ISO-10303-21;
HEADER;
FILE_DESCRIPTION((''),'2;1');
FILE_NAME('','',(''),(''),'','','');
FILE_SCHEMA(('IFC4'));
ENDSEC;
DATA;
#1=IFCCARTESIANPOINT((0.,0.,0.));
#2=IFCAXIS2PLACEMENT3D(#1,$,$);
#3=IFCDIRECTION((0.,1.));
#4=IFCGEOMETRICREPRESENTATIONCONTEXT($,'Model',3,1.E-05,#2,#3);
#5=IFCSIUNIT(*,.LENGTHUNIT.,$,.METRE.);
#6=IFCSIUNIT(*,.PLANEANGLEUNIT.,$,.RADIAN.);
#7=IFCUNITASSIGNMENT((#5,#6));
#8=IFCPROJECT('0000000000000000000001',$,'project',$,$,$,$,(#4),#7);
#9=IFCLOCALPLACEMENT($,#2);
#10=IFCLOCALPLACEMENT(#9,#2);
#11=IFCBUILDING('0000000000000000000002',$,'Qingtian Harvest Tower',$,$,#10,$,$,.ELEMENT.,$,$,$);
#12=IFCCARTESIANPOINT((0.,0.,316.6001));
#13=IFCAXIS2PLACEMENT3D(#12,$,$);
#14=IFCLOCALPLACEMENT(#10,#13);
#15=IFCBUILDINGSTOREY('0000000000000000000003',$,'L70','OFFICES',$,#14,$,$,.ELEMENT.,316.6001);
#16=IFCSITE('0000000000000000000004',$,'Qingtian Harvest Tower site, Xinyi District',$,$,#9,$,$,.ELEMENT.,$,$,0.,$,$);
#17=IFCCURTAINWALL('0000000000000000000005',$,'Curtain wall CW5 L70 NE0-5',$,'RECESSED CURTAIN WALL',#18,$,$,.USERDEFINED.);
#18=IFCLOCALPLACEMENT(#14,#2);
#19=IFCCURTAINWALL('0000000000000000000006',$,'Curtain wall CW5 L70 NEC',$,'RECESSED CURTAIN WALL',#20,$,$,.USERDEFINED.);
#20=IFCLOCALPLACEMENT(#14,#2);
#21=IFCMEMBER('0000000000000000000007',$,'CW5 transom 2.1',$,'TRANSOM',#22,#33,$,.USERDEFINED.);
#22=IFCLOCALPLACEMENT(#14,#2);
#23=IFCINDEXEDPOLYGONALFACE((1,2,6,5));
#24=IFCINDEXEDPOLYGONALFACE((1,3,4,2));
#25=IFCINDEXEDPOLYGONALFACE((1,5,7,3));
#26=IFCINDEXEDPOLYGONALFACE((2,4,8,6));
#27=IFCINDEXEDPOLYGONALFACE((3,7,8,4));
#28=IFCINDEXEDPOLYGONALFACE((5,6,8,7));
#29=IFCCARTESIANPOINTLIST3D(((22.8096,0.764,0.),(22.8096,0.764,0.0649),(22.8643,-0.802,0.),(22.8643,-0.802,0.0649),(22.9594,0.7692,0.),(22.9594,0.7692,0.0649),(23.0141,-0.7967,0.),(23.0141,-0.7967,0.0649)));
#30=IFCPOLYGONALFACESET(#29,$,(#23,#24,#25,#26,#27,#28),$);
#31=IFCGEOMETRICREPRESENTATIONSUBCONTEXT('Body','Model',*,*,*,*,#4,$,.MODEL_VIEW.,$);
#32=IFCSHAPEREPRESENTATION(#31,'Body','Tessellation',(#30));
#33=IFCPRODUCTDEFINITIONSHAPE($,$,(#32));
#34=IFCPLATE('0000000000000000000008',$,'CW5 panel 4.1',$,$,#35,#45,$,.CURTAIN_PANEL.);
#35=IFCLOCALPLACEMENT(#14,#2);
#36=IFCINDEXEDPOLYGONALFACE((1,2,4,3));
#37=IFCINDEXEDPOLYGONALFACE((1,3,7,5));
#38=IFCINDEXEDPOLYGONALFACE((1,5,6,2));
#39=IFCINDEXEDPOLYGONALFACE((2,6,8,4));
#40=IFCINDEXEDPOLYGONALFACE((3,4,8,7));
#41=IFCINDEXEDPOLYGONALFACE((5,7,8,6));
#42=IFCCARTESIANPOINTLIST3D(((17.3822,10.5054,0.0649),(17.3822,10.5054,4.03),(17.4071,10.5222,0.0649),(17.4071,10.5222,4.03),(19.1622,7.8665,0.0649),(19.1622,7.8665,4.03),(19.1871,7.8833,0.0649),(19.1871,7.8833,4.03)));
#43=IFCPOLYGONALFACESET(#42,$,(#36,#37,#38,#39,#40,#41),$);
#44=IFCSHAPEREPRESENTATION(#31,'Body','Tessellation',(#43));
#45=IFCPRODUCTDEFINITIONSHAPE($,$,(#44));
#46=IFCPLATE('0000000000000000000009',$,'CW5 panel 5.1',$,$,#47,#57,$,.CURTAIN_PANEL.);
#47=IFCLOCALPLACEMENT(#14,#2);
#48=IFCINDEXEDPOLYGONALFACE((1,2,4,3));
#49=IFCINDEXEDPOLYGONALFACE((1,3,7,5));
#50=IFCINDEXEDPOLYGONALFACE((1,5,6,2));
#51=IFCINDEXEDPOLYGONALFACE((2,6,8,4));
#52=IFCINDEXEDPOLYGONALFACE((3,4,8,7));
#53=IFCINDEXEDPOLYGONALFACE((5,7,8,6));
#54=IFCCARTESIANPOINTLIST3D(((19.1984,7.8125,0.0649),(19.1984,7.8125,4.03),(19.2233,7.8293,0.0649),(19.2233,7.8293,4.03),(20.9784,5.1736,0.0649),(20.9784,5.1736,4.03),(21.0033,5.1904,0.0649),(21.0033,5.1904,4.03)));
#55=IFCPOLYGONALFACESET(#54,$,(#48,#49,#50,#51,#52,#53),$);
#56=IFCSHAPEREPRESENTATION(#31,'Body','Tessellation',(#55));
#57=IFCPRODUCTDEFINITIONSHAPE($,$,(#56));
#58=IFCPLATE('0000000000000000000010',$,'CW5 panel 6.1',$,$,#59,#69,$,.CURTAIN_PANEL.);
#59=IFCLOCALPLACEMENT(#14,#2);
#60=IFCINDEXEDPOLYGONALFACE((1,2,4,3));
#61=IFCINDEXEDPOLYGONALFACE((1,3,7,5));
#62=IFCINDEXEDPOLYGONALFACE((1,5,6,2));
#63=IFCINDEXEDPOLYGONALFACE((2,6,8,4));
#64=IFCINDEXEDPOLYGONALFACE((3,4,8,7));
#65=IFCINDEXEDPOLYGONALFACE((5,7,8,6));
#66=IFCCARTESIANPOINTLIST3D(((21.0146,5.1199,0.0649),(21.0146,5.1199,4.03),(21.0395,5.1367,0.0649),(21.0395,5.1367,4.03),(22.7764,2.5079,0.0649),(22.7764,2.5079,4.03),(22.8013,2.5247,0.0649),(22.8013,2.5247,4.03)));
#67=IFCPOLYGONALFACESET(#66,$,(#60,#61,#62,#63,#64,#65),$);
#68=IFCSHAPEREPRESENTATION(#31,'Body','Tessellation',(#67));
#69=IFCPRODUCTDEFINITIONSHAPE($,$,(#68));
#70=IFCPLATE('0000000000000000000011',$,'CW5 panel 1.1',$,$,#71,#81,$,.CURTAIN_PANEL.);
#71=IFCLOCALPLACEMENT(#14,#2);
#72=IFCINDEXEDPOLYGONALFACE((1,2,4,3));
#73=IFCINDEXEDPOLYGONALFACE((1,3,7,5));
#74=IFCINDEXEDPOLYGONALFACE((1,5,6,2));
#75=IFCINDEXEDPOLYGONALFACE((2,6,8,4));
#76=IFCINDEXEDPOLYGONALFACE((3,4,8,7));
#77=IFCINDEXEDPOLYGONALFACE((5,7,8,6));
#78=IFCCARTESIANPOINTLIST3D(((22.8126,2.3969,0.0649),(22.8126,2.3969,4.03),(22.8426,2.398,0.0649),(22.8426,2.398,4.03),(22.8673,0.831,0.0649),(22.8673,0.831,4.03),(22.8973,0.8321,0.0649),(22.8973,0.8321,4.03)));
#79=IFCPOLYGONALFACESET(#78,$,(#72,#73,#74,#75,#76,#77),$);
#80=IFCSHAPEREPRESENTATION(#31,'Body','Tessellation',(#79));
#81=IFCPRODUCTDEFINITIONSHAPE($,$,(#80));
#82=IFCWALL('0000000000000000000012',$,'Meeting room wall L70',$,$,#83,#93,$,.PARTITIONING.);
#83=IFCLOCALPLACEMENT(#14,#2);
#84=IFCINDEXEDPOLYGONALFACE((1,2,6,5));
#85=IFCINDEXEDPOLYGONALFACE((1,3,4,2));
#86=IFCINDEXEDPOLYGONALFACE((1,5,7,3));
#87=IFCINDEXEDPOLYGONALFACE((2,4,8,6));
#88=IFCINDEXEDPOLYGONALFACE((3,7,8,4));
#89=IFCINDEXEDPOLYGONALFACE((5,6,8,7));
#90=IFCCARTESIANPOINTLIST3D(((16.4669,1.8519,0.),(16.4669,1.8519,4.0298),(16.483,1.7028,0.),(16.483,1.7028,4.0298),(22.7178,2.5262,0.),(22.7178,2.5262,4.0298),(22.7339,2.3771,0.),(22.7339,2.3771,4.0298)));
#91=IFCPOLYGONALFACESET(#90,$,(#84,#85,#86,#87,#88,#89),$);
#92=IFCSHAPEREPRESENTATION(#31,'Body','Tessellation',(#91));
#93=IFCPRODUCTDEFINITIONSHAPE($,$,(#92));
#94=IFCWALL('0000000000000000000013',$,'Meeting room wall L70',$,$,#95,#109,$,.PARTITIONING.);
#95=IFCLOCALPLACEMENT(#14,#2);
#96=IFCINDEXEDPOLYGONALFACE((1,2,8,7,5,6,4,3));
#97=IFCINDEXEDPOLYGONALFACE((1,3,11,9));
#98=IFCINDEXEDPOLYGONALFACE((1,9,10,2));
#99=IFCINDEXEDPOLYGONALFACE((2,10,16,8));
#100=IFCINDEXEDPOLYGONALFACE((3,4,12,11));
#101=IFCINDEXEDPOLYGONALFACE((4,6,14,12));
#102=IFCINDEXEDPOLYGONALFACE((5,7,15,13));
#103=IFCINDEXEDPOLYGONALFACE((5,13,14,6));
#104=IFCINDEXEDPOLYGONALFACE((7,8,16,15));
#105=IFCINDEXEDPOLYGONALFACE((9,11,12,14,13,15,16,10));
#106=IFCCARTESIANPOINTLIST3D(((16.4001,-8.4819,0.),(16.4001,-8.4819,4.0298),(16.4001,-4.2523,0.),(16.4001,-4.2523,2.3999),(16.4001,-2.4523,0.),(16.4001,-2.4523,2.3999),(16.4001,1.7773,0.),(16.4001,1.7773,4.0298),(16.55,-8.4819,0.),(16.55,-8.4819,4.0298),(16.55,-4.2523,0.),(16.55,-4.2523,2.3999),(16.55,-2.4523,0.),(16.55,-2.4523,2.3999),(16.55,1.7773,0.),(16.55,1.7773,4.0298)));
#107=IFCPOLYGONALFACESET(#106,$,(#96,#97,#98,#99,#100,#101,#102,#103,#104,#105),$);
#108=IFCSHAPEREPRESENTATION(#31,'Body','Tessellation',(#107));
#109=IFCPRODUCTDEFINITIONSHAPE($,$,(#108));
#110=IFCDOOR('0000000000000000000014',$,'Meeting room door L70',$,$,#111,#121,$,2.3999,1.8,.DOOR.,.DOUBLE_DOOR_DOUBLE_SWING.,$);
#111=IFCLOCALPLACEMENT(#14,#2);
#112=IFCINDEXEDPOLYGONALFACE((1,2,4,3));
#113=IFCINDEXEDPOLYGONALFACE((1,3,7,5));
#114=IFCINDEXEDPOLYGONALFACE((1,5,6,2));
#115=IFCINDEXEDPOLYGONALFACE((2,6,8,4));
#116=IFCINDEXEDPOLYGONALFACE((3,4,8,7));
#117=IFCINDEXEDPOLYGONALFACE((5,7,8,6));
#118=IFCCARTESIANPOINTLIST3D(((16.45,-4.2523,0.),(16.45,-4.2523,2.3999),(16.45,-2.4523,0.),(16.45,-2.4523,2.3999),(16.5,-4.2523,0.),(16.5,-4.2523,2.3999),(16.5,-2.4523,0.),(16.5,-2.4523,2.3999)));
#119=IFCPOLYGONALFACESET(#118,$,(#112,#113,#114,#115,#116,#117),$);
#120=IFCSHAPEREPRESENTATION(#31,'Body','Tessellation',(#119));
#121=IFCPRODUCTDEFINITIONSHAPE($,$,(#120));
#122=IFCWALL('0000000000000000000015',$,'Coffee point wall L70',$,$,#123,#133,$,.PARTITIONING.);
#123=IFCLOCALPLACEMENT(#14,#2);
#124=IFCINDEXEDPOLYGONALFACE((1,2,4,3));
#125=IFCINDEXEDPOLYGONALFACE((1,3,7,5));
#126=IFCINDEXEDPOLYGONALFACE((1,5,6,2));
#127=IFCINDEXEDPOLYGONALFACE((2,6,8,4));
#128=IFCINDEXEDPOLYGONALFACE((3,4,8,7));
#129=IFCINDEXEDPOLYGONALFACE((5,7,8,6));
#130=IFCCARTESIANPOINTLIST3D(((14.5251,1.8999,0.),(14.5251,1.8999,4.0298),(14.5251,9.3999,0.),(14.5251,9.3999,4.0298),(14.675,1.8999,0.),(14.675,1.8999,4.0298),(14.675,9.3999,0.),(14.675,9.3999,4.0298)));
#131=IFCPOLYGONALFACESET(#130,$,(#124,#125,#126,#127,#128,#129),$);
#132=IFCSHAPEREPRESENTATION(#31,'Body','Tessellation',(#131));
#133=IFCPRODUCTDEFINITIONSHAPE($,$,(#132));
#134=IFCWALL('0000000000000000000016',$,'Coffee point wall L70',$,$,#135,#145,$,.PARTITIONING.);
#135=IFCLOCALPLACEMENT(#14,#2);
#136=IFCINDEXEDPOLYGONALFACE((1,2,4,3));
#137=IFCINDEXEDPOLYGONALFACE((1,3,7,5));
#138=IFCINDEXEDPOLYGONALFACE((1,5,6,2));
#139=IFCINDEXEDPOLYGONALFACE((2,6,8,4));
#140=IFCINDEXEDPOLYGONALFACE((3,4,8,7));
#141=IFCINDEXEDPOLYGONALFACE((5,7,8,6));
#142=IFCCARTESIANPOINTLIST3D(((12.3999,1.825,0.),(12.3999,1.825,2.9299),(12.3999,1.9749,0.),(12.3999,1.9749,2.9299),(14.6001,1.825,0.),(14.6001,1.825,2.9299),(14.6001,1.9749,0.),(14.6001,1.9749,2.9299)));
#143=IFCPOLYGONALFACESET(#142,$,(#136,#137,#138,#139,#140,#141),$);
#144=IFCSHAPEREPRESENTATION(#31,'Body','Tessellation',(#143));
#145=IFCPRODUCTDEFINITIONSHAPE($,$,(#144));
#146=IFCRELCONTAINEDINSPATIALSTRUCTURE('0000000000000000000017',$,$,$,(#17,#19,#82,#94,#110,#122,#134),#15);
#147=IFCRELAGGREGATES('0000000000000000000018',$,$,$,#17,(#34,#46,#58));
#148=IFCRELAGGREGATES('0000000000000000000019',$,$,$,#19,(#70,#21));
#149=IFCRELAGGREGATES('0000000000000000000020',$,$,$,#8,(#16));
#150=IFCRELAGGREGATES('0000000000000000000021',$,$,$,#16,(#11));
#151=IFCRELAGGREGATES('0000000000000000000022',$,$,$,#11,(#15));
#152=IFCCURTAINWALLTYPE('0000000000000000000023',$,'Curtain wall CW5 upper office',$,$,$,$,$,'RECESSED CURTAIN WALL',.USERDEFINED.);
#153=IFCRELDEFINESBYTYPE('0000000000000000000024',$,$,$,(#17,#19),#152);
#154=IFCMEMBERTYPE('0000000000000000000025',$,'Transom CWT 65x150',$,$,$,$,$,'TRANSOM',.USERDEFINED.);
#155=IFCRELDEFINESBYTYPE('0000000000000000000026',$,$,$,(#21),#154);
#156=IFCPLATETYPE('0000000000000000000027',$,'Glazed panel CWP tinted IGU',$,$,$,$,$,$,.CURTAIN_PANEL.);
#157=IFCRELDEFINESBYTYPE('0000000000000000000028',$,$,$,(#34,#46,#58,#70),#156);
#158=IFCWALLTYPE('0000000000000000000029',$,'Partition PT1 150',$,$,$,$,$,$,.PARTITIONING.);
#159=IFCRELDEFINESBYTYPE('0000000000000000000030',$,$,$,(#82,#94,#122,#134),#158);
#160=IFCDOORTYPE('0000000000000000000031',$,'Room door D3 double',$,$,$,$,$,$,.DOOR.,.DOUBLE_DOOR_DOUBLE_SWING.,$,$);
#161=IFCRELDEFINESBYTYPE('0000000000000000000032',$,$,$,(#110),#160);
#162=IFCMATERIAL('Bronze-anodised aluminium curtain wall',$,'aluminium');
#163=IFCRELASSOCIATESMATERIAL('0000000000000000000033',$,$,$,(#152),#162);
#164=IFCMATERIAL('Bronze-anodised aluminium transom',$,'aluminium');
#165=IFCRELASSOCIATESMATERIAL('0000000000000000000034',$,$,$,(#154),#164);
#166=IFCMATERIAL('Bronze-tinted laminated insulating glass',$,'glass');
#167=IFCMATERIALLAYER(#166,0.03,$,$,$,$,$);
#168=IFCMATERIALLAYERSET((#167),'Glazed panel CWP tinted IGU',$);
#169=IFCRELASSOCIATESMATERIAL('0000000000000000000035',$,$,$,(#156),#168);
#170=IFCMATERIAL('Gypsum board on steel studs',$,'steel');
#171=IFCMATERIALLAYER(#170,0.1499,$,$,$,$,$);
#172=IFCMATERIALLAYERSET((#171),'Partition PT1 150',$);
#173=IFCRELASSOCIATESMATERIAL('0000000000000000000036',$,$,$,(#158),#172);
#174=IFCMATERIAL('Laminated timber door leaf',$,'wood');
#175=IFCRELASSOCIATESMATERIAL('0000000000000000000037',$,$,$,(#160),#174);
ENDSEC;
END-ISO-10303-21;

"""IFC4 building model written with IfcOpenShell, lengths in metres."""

from ifc_helpers import new_model, si_unit, direction, frame, frame_2d, origin, origin_2d, place, context, subcontext, project, spatial, rectangle, extrude, material, layer, layer_set, material_profile, profile_set, type_object, element, fill, aggregate, save


model = new_model("IFC4")

# Units and contexts
model_context = context("Model", 3, precision=1e-05, world=origin(), true_north=direction((0.0, 1.0)))
body_context = subcontext(model_context, "Body", "Model", "MODEL_VIEW")
ifc_project = project(units=[si_unit("LENGTHUNIT", "METRE"), si_unit("PLANEANGLEUNIT", "RADIAN")], contexts=[model_context])

# Site, building, storey
site_placement = place(None, origin())
site = spatial("IfcSite", under=ifc_project, at=site_placement, Name="Qingtian Harvest Tower site, Xinyi District", CompositionType="ELEMENT", RefElevation=0.0)
building_placement = place(site_placement, origin())
building = spatial("IfcBuilding", under=site, at=building_placement, Name="Qingtian Harvest Tower", CompositionType="ELEMENT")
storey_placement = place(building_placement, frame((0.0, 0.0, 316.6001)))
storey = spatial("IfcBuildingStorey", under=building, at=storey_placement, Name="L70", Description="OFFICES", CompositionType="ELEMENT", Elevation=316.6001)

# Curtain walls
ifc_material_1 = material(Name="Bronze-anodised aluminium curtain wall", Category="aluminium")
curtain_wall_type = type_object("IfcCurtainWallType", Name="Curtain wall CW5 upper office", ElementType="RECESSED CURTAIN WALL", PredefinedType="USERDEFINED", material=ifc_material_1)
curtain_wall_1_placement = place(storey_placement, origin())
curtain_wall_1 = element("IfcCurtainWall", 1, at=curtain_wall_1_placement, inside=storey, type_object=curtain_wall_type, Name="Curtain wall CW5 L70 NE0-5", ObjectType="RECESSED CURTAIN WALL", PredefinedType="USERDEFINED")
curtain_wall_2_placement = place(storey_placement, origin())
curtain_wall_2 = element("IfcCurtainWall", 2, at=curtain_wall_2_placement, inside=storey, type_object=curtain_wall_type, Name="Curtain wall CW5 L70 NEC", ObjectType="RECESSED CURTAIN WALL", PredefinedType="USERDEFINED")

# Member
ifc_material_2 = material(Name="Bronze-anodised aluminium transom", Category="aluminium")
ifc_material_profile_1 = material_profile(ifc_material_2, rectangle(XDim=0.1499, YDim=0.0649, at=origin_2d()), Name="AL 65x150")
ifc_profile_set_1 = profile_set([ifc_material_profile_1], Name="Bronze-anodised aluminium transom")
member_type_1 = type_object("IfcMemberType", Name="Transom CWT 65x150", ElementType="TRANSOM", PredefinedType="USERDEFINED", material=ifc_profile_set_1)
member_1_placement = place(storey_placement, frame((22.8845, 0.7666, 0.0325), z_axis=(0.034902, -0.999391, 0.0), x_axis=(0.999391, 0.034902, 0.0)))
member_1 = element("IfcMember", 3, at=member_1_placement, type_object=member_type_1, Name="CW5 transom 2.1", ObjectType="TRANSOM", PredefinedType="USERDEFINED", context=body_context, shape_type="SweptSolid", body=[
    extrude(rectangle(XDim=0.1499, YDim=0.0649, at=origin_2d()), origin(), (0.0, 0.0, 1.0), 1.5669),
])

# Plates
ifc_material_3 = material(Name="Bronze-tinted laminated insulating glass", Category="glass")
ifc_layer_1 = layer(ifc_material_3, 0.03)
ifc_layer_set_1 = layer_set([ifc_layer_1], Name="Glazed panel CWP tinted IGU")
plate_type = type_object("IfcPlateType", Name="Glazed panel CWP tinted IGU", PredefinedType="CURTAIN_PANEL", material=ifc_layer_set_1)
plate_1_placement = place(storey_placement, frame((18.2847, 9.1943, 0.0649), z_axis=(0.0, 0.0, 1.0), x_axis=(0.559193, -0.829038, 0.0)))
plate_1 = element("IfcPlate", 4, at=plate_1_placement, type_object=plate_type, Name="CW5 panel 4.1", PredefinedType="CURTAIN_PANEL", context=body_context, shape_type="SweptSolid", body=[
    extrude(rectangle(XDim=3.1831, YDim=0.03, at=origin_2d()), origin(), (0.0, 0.0, 1.0), 3.9651),
])
plate_2_placement = place(storey_placement, frame((20.1008, 6.5015, 0.0649), z_axis=(0.0, 0.0, 1.0), x_axis=(0.559193, -0.829038, 0.0)))
plate_2 = element("IfcPlate", 5, at=plate_2_placement, type_object=plate_type, Name="CW5 panel 5.1", PredefinedType="CURTAIN_PANEL", context=body_context, shape_type="SweptSolid", body=[
    extrude(rectangle(XDim=3.1831, YDim=0.03, at=origin_2d()), origin(), (0.0, 0.0, 1.0), 3.9651),
])
plate_3_placement = place(storey_placement, frame((21.908, 3.8223, 0.0649), z_axis=(0.0, 0.0, 1.0), x_axis=(0.559193, -0.829038, 0.0)))
plate_3 = element("IfcPlate", 6, at=plate_3_placement, type_object=plate_type, Name="CW5 panel 6.1", PredefinedType="CURTAIN_PANEL", context=body_context, shape_type="SweptSolid", body=[
    extrude(rectangle(XDim=3.1506, YDim=0.03, at=origin_2d()), origin(), (0.0, 0.0, 1.0), 3.9651),
])
aggregate(curtain_wall_1, [plate_1, plate_2, plate_3])
plate_4_placement = place(storey_placement, frame((22.855, 1.6145, 0.0649), z_axis=(0.0, 0.0, 1.0), x_axis=(0.034899, -0.999391, 0.0)))
plate_4 = element("IfcPlate", 7, at=plate_4_placement, type_object=plate_type, Name="CW5 panel 1.1", PredefinedType="CURTAIN_PANEL", context=body_context, shape_type="SweptSolid", body=[
    extrude(rectangle(XDim=1.5669, YDim=0.03, at=origin_2d()), origin(), (0.0, 0.0, 1.0), 3.9651),
])
aggregate(curtain_wall_2, [plate_4, member_1])

# Wall
ifc_material_4 = material(Name="Gypsum board on steel studs", Category="steel")
ifc_layer_2 = layer(ifc_material_4, 0.1499)
ifc_layer_set_2 = layer_set([ifc_layer_2], Name="Partition PT1 150")
wall_type = type_object("IfcWallType", Name="Partition PT1 150", PredefinedType="PARTITIONING", material=ifc_layer_set_2)
wall_1_placement = place(storey_placement, frame((22.7258, 2.4517, 0.0), z_axis=(0.0, 0.0, 1.0), x_axis=(-0.994231, -0.107256, 0.0)))
element("IfcWall", 8, at=wall_1_placement, inside=storey, type_object=wall_type, Name="Meeting room wall L70", PredefinedType="PARTITIONING", context=body_context, shape_type="SweptSolid", body=[
    extrude(rectangle(XDim=6.2871, YDim=0.1499, at=frame_2d((3.1436, 0.0))), origin(), (0.0, 0.0, 1.0), 4.0298),
])

# Wall, opening, door
wall_2_placement = place(storey_placement, frame((16.4751, 1.7773, 0.0), z_axis=(0.0, 0.0, 1.0), x_axis=(0.0, -1.0, 0.0)))
wall_2 = element("IfcWall", 9, at=wall_2_placement, inside=storey, type_object=wall_type, Name="Meeting room wall L70", PredefinedType="PARTITIONING", context=body_context, shape_type="SweptSolid", body=[
    extrude(rectangle(XDim=10.2593, YDim=0.1499, at=frame_2d((5.1296, 0.0))), origin(), (0.0, 0.0, 1.0), 4.0298),
])
opening_placement = place(wall_2_placement, frame((4.2297, 0.0, 0.0)))
opening = element("IfcOpeningElement", 10, at=opening_placement, cuts=wall_2, PredefinedType="OPENING", context=body_context, shape_type="SweptSolid", body=[
    extrude(rectangle(XDim=1.8, YDim=2.3999, at=frame_2d((0.8999, 1.2))), frame((0.0, 0.085, 0.0), z_axis=(0.0, -1.0, 0.0), x_axis=(1.0, 0.0, 0.0)), (0.0, 0.0, 1.0), 0.1699),
])
ifc_material_5 = material(Name="Laminated timber door leaf", Category="wood")
door_type = type_object("IfcDoorType", Name="Room door D3 double", OperationType="DOUBLE_DOOR_DOUBLE_SWING", PredefinedType="DOOR", material=ifc_material_5)
door_placement = place(opening_placement, origin())
door = element("IfcDoor", 11, at=door_placement, inside=storey, type_object=door_type, Name="Meeting room door L70", OperationType="DOUBLE_DOOR_DOUBLE_SWING", OverallHeight=2.3999, OverallWidth=1.8, PredefinedType="DOOR", context=body_context, shape_type="SweptSolid", body=[
    extrude(rectangle(XDim=1.8, YDim=2.3999, at=frame_2d((0.8999, 1.2))), frame((0.0, 0.0249, 0.0), z_axis=(0.0, -1.0, 0.0), x_axis=(1.0, 0.0, 0.0)), (0.0, 0.0, 1.0), 0.05),
])
fill(opening, door)

# Walls
wall_3_placement = place(storey_placement, frame((14.6001, 1.8999, 0.0), z_axis=(0.0, 0.0, 1.0), x_axis=(0.0, 1.0, 0.0)))
element("IfcWall", 12, at=wall_3_placement, inside=storey, type_object=wall_type, Name="Coffee point wall L70", PredefinedType="PARTITIONING", context=body_context, shape_type="SweptSolid", body=[
    extrude(rectangle(XDim=7.5, YDim=0.1499, at=frame_2d((3.75, 0.0))), origin(), (0.0, 0.0, 1.0), 4.0298),
])
wall_4_placement = place(storey_placement, frame((12.3999, 1.8999, 0.0), z_axis=(0.0, 0.0, 1.0), x_axis=(1.0, 0.0, 0.0)))
element("IfcWall", 13, at=wall_4_placement, inside=storey, type_object=wall_type, Name="Coffee point wall L70", PredefinedType="PARTITIONING", context=body_context, shape_type="SweptSolid", body=[
    extrude(rectangle(XDim=2.2002, YDim=0.1499, at=frame_2d((1.1001, 0.0))), origin(), (0.0, 0.0, 1.0), 2.9299),
])

save(model, "model.ifc")
